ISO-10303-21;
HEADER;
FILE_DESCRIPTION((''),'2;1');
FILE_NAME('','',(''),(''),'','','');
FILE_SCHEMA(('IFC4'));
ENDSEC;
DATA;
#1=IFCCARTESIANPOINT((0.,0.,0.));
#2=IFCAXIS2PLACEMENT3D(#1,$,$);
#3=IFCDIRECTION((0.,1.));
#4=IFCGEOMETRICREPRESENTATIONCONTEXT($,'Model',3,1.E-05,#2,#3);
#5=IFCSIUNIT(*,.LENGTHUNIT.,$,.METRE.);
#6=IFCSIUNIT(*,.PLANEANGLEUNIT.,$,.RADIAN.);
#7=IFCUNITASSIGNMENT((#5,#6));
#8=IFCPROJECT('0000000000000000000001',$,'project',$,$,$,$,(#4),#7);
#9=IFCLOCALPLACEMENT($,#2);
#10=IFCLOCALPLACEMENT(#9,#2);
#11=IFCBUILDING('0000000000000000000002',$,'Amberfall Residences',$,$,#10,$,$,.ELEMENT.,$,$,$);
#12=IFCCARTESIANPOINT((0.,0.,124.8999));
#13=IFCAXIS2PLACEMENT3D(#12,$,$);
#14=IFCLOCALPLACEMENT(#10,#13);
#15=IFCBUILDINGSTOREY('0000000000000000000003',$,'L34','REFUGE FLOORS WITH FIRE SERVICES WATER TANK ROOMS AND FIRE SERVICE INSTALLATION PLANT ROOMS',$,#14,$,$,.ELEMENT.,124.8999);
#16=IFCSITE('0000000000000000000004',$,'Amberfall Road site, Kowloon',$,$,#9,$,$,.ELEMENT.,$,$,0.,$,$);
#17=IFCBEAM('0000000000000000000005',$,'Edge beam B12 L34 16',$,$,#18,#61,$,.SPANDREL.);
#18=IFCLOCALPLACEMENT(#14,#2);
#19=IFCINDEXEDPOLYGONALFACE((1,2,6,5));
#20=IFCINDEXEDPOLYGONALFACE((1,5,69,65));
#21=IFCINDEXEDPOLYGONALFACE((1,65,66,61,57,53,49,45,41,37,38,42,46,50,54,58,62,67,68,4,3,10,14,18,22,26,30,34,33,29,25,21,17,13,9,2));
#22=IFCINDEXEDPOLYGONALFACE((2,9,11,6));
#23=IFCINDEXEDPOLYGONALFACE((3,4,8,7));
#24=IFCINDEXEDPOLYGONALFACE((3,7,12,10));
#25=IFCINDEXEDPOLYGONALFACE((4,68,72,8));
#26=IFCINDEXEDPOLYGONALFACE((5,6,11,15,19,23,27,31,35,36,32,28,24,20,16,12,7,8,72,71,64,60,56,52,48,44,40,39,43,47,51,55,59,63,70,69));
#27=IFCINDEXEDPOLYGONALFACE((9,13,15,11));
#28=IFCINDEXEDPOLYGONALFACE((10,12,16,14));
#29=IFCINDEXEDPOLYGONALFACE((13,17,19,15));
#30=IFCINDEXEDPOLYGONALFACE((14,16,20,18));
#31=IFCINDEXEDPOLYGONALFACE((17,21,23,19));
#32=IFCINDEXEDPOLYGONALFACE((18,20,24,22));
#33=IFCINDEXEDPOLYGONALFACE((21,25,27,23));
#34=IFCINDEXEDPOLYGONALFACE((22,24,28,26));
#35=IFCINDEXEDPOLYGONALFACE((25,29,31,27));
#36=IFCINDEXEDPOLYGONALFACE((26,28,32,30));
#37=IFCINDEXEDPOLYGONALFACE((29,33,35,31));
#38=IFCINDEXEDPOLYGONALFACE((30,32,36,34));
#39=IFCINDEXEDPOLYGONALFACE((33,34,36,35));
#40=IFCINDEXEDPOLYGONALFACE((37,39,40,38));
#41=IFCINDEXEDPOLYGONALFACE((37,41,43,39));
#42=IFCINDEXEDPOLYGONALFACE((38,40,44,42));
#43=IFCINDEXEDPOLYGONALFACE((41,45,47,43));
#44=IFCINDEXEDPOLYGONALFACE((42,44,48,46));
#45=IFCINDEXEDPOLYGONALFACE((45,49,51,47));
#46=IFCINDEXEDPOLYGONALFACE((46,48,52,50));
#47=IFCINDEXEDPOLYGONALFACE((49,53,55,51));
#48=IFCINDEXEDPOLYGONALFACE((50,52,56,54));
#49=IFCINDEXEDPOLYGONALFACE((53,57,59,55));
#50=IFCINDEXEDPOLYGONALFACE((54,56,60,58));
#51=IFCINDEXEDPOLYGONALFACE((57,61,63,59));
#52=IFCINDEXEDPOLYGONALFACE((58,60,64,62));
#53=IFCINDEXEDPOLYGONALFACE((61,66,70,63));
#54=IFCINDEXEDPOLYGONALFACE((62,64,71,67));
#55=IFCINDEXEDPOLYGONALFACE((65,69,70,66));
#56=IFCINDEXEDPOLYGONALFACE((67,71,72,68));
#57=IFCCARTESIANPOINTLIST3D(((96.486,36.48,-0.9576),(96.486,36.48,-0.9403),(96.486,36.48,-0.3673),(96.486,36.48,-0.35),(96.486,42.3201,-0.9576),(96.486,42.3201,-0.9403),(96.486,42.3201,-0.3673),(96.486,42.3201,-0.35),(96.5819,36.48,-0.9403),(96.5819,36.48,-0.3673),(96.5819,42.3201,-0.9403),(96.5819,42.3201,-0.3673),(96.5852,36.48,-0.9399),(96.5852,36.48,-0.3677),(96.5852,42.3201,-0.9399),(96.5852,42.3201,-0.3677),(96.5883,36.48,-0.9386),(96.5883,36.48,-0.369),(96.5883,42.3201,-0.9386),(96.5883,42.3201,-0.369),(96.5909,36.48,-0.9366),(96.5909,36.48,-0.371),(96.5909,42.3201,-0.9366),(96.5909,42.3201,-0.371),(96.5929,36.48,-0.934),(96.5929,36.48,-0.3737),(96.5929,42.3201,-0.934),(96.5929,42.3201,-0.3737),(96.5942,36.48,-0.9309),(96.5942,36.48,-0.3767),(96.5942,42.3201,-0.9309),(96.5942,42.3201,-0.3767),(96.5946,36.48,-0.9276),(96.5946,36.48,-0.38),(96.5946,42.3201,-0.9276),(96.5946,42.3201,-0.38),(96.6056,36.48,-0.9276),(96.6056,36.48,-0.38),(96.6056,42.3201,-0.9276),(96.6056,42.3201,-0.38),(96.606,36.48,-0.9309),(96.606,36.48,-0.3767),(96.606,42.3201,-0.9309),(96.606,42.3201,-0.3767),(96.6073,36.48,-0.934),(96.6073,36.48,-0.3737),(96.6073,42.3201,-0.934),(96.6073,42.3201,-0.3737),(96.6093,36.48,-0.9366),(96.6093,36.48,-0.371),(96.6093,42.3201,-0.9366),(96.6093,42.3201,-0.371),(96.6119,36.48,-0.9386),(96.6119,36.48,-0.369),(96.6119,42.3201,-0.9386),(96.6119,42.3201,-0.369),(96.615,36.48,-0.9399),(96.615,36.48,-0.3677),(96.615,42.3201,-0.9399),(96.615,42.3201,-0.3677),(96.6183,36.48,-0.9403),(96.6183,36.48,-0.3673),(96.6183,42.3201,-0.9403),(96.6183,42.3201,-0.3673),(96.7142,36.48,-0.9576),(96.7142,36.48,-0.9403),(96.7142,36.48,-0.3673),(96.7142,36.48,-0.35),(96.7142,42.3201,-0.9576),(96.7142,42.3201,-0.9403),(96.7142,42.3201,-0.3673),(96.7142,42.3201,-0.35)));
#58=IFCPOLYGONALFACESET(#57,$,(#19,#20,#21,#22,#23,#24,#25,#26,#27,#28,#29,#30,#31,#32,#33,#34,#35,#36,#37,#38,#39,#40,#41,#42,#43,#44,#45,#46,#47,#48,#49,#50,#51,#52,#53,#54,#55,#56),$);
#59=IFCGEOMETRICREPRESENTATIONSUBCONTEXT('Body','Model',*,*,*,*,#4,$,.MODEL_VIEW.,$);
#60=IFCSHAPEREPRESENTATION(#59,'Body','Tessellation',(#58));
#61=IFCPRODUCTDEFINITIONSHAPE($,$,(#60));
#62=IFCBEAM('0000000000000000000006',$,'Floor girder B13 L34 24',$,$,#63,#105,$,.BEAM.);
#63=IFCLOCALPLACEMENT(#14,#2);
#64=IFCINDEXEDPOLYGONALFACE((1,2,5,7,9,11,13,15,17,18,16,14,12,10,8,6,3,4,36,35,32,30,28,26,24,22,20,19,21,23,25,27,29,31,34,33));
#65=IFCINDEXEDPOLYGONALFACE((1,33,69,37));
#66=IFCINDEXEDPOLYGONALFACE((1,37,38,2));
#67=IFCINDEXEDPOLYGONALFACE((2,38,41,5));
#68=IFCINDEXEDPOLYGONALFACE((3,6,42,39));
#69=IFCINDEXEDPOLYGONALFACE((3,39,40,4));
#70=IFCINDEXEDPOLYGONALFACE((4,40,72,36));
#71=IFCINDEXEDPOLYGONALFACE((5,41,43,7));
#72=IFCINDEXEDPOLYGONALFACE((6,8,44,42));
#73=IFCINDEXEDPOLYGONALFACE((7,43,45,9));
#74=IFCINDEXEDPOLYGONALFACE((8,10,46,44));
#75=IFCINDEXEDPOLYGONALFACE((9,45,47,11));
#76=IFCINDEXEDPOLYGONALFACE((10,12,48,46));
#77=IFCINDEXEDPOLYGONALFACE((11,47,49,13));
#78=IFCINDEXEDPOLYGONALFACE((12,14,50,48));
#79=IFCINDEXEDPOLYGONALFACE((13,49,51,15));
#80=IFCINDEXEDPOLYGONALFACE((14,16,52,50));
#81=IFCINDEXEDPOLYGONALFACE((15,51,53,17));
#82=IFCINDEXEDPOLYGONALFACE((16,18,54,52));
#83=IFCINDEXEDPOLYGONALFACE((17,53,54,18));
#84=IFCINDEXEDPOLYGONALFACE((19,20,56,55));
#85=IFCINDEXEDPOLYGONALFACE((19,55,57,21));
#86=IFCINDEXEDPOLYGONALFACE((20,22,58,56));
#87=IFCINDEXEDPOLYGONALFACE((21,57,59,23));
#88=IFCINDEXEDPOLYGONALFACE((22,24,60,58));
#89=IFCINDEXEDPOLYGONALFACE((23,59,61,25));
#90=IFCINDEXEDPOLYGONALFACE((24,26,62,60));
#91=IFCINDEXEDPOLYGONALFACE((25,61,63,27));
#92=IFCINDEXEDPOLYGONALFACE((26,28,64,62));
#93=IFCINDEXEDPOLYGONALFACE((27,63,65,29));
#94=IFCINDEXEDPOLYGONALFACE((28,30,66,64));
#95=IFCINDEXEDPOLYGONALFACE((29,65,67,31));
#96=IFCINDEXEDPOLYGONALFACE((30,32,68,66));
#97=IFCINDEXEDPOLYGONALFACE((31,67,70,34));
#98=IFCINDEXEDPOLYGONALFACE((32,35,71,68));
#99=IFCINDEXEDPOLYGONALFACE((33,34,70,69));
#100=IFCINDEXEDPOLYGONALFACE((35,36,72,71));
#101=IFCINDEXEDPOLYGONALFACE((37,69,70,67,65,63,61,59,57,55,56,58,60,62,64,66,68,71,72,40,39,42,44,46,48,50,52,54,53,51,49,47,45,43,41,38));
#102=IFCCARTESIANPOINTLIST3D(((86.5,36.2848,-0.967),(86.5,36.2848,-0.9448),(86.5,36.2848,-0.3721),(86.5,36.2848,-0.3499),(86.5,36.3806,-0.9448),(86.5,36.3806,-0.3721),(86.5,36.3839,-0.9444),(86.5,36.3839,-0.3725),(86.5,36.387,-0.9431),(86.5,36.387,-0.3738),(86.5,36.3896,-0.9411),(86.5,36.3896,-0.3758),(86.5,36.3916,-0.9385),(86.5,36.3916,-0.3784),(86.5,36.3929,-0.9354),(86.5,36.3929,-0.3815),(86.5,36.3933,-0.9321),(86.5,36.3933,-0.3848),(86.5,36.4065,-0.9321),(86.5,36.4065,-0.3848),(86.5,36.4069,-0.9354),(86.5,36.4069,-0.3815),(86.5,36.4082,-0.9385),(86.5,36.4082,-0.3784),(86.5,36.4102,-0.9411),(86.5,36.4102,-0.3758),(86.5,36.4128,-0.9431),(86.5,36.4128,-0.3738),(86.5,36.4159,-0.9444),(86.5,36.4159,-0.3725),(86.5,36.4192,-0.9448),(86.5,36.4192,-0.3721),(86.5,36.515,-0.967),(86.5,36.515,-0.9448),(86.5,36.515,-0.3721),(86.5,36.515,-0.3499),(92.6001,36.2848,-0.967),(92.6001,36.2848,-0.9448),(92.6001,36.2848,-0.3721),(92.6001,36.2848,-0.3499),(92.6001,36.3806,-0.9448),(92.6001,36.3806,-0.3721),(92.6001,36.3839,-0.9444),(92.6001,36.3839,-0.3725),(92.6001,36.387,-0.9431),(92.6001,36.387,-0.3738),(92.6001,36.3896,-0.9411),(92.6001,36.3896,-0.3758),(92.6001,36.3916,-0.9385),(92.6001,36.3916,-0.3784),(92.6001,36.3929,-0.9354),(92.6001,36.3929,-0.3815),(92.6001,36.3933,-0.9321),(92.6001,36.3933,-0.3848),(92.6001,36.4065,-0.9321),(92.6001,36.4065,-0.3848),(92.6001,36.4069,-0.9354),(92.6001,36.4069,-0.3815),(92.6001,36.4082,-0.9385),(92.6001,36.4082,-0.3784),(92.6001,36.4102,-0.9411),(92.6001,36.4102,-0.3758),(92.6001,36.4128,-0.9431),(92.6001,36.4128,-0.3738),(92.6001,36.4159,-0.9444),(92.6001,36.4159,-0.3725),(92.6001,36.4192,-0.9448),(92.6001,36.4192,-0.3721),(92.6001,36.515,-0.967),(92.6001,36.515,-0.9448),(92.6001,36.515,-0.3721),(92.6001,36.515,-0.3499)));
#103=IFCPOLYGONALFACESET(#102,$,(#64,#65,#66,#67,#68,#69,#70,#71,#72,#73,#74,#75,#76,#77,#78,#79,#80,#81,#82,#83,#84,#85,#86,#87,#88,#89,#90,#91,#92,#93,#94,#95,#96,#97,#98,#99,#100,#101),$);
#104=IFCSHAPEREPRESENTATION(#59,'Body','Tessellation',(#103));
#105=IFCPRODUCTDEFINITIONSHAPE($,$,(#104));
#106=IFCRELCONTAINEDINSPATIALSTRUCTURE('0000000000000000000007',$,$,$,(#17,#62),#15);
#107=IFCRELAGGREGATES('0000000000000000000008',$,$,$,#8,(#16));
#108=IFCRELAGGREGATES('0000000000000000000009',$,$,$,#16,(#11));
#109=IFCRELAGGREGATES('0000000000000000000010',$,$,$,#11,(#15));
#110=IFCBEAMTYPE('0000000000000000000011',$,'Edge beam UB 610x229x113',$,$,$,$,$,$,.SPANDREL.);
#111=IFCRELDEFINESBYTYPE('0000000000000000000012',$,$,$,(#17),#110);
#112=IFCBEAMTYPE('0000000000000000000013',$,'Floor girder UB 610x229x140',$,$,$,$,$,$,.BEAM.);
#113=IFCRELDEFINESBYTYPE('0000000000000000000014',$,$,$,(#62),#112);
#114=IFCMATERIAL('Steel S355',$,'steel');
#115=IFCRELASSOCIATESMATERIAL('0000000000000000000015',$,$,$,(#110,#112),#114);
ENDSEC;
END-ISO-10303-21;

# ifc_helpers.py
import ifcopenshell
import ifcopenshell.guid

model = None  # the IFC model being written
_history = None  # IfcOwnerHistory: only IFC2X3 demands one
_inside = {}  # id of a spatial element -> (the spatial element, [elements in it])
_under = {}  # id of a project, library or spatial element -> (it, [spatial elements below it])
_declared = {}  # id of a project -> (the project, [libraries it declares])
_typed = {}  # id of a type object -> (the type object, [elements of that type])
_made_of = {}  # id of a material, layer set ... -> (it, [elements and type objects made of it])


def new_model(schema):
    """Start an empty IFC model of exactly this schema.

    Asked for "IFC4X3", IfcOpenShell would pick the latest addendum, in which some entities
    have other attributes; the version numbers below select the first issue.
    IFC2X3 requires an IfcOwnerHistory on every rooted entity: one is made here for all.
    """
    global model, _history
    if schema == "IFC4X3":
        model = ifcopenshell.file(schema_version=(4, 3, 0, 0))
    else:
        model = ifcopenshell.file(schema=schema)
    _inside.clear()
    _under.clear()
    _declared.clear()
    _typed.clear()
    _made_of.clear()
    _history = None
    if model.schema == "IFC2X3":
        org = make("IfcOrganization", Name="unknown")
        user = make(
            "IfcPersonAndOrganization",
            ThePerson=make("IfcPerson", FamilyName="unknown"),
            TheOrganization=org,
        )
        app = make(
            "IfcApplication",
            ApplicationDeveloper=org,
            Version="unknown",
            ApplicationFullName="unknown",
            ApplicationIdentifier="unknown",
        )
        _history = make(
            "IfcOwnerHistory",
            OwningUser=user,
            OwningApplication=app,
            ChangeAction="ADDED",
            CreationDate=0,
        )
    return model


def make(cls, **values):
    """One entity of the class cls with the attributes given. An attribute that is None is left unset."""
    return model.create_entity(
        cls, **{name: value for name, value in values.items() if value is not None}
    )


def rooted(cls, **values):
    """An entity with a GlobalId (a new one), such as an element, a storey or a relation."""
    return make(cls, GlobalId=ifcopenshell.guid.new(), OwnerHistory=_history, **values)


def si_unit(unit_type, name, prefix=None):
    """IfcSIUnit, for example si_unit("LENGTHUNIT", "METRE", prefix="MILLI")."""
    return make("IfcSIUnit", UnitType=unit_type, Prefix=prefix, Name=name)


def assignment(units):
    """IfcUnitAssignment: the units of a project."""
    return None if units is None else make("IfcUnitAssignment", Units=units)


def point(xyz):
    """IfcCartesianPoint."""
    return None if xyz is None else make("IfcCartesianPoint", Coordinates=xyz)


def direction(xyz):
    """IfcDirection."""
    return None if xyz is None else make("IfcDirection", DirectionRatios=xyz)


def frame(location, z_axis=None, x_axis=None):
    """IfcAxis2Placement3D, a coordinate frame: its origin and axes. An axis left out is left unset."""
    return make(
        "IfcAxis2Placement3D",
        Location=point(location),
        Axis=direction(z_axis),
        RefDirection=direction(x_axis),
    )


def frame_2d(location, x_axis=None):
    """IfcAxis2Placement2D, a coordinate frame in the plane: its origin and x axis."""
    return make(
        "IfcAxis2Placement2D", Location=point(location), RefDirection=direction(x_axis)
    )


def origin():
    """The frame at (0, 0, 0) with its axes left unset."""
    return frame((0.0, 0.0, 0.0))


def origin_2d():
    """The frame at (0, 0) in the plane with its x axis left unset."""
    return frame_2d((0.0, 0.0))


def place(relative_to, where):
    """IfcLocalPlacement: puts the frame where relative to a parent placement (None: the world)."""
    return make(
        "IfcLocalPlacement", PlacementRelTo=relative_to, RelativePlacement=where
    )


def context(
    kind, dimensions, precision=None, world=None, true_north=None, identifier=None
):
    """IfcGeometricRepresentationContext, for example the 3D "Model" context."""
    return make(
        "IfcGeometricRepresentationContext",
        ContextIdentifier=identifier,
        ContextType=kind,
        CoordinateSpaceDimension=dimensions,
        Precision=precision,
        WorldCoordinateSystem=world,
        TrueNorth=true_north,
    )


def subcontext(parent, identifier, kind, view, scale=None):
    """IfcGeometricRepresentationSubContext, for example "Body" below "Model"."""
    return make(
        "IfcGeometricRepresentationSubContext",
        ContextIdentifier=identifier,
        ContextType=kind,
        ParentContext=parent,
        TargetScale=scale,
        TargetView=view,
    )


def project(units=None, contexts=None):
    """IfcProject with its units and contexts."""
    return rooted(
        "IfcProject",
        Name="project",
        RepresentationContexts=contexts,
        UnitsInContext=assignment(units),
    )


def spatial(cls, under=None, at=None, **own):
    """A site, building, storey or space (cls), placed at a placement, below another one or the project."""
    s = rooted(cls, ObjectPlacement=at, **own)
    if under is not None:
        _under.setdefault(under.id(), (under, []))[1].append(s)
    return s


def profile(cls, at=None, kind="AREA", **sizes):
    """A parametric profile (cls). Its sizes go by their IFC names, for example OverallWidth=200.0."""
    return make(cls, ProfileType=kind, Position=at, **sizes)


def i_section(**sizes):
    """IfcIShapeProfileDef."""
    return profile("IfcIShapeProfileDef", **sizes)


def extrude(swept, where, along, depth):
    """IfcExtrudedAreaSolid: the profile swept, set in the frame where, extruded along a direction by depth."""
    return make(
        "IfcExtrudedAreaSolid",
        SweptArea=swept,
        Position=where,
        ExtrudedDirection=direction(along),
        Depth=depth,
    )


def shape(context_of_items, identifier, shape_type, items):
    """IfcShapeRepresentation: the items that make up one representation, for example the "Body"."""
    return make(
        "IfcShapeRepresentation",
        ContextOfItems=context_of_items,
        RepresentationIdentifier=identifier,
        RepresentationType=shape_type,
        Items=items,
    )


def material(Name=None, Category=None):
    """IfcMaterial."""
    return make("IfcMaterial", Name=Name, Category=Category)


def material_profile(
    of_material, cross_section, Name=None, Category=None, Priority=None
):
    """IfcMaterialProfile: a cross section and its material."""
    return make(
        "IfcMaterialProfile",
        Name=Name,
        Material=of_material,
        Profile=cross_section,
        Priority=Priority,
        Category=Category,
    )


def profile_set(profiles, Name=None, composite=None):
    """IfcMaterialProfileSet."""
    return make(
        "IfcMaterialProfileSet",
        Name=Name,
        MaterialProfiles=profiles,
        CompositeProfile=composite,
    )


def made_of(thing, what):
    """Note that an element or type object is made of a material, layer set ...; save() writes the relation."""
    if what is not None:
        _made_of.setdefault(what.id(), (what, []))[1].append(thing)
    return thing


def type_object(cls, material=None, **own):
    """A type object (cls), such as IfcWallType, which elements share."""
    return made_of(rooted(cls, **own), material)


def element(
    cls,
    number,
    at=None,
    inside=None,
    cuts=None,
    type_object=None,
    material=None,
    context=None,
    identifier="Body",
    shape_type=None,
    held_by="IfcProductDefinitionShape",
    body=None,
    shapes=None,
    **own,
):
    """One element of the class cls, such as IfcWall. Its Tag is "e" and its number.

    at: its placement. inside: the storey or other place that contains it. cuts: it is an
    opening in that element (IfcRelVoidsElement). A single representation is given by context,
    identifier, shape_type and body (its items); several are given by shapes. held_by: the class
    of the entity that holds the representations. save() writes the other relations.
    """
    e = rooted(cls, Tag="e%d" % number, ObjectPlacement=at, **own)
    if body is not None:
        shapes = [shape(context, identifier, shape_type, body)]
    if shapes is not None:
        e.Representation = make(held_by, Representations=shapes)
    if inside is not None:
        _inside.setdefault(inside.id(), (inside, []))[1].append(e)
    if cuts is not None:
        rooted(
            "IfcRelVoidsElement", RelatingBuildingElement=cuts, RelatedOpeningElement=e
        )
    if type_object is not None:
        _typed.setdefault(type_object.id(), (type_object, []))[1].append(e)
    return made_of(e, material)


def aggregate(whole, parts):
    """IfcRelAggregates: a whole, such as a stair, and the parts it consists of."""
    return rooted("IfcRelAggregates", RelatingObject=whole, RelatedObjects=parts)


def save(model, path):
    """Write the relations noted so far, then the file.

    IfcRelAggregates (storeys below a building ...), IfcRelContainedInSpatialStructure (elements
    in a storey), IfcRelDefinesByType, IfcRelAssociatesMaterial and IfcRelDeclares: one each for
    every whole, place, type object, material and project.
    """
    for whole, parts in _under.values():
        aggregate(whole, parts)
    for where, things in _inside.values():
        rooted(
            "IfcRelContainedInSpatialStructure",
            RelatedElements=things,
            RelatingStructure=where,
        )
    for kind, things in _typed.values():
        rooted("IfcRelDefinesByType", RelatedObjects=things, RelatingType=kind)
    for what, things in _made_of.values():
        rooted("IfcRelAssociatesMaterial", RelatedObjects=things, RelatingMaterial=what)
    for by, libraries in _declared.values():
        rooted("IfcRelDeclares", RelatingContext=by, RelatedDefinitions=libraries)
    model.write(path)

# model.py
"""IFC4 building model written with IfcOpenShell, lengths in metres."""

from ifc_helpers import new_model, si_unit, direction, frame, origin, origin_2d, place, context, subcontext, project, spatial, i_section, extrude, material, material_profile, profile_set, type_object, element, save


model = new_model("IFC4")

# Units and contexts
model_context = context("Model", 3, precision=1e-05, world=origin(), true_north=direction((0.0, 1.0)))
body_context = subcontext(model_context, "Body", "Model", "MODEL_VIEW")
ifc_project = project(units=[si_unit("LENGTHUNIT", "METRE"), si_unit("PLANEANGLEUNIT", "RADIAN")], contexts=[model_context])

# Site, building, storey
site_placement = place(None, origin())
site = spatial("IfcSite", under=ifc_project, at=site_placement, Name="Amberfall Road site, Kowloon", CompositionType="ELEMENT", RefElevation=0.0)
building_placement = place(site_placement, origin())
building = spatial("IfcBuilding", under=site, at=building_placement, Name="Amberfall Residences", CompositionType="ELEMENT")
storey_placement = place(building_placement, frame((0.0, 0.0, 124.8999)))
storey = spatial("IfcBuildingStorey", under=building, at=storey_placement, Name="L34", Description="REFUGE FLOORS WITH FIRE SERVICES WATER TANK ROOMS AND FIRE SERVICE INSTALLATION PLANT ROOMS", CompositionType="ELEMENT", Elevation=124.8999)

# Shared definitions
ifc_material_1 = material(Name="Steel S355", Category="steel")

# Beams
ifc_material_profile_1 = material_profile(ifc_material_1, i_section(OverallWidth=0.2283, OverallDepth=0.6077, WebThickness=0.011, FlangeThickness=0.0173, FilletRadius=0.0127, at=origin_2d()), Name="UB 610x229x113")
ifc_profile_set_1 = profile_set([ifc_material_profile_1], Name="Steel S355")
beam_type_1 = type_object("IfcBeamType", Name="Edge beam UB 610x229x113", PredefinedType="SPANDREL", material=ifc_profile_set_1)
beam_1_placement = place(storey_placement, frame((96.6001, 36.48, -0.6538), z_axis=(0.0, 1.0, 0.0), x_axis=(-1.0, 0.0, 0.0)))
element("IfcBeam", 1, at=beam_1_placement, inside=storey, type_object=beam_type_1, Name="Edge beam B12 L34 16", PredefinedType="SPANDREL", context=body_context, shape_type="SweptSolid", body=[
    extrude(i_section(OverallWidth=0.2283, OverallDepth=0.6077, WebThickness=0.011, FlangeThickness=0.0173, FilletRadius=0.0127, at=origin_2d()), origin(), (0.0, 0.0, 1.0), 5.8401),
])
ifc_material_profile_2 = material_profile(ifc_material_1, i_section(OverallWidth=0.2302, OverallDepth=0.6172, WebThickness=0.0132, FlangeThickness=0.0222, FilletRadius=0.0127, at=origin_2d()), Name="UB 610x229x140")
ifc_profile_set_2 = profile_set([ifc_material_profile_2], Name="Steel S355")
beam_type_2 = type_object("IfcBeamType", Name="Floor girder UB 610x229x140", PredefinedType="BEAM", material=ifc_profile_set_2)
beam_2_placement = place(storey_placement, frame((92.6001, 36.3999, -0.6584), z_axis=(-1.0, 0.0, 0.0), x_axis=(0.0, -1.0, 0.0)))
element("IfcBeam", 2, at=beam_2_placement, inside=storey, type_object=beam_type_2, Name="Floor girder B13 L34 24", PredefinedType="BEAM", context=body_context, shape_type="SweptSolid", body=[
    extrude(i_section(OverallWidth=0.2302, OverallDepth=0.6172, WebThickness=0.0132, FlangeThickness=0.0222, FilletRadius=0.0127, at=origin_2d()), origin(), (0.0, 0.0, 1.0), 6.1001),
])

save(model, "model.ifc")
